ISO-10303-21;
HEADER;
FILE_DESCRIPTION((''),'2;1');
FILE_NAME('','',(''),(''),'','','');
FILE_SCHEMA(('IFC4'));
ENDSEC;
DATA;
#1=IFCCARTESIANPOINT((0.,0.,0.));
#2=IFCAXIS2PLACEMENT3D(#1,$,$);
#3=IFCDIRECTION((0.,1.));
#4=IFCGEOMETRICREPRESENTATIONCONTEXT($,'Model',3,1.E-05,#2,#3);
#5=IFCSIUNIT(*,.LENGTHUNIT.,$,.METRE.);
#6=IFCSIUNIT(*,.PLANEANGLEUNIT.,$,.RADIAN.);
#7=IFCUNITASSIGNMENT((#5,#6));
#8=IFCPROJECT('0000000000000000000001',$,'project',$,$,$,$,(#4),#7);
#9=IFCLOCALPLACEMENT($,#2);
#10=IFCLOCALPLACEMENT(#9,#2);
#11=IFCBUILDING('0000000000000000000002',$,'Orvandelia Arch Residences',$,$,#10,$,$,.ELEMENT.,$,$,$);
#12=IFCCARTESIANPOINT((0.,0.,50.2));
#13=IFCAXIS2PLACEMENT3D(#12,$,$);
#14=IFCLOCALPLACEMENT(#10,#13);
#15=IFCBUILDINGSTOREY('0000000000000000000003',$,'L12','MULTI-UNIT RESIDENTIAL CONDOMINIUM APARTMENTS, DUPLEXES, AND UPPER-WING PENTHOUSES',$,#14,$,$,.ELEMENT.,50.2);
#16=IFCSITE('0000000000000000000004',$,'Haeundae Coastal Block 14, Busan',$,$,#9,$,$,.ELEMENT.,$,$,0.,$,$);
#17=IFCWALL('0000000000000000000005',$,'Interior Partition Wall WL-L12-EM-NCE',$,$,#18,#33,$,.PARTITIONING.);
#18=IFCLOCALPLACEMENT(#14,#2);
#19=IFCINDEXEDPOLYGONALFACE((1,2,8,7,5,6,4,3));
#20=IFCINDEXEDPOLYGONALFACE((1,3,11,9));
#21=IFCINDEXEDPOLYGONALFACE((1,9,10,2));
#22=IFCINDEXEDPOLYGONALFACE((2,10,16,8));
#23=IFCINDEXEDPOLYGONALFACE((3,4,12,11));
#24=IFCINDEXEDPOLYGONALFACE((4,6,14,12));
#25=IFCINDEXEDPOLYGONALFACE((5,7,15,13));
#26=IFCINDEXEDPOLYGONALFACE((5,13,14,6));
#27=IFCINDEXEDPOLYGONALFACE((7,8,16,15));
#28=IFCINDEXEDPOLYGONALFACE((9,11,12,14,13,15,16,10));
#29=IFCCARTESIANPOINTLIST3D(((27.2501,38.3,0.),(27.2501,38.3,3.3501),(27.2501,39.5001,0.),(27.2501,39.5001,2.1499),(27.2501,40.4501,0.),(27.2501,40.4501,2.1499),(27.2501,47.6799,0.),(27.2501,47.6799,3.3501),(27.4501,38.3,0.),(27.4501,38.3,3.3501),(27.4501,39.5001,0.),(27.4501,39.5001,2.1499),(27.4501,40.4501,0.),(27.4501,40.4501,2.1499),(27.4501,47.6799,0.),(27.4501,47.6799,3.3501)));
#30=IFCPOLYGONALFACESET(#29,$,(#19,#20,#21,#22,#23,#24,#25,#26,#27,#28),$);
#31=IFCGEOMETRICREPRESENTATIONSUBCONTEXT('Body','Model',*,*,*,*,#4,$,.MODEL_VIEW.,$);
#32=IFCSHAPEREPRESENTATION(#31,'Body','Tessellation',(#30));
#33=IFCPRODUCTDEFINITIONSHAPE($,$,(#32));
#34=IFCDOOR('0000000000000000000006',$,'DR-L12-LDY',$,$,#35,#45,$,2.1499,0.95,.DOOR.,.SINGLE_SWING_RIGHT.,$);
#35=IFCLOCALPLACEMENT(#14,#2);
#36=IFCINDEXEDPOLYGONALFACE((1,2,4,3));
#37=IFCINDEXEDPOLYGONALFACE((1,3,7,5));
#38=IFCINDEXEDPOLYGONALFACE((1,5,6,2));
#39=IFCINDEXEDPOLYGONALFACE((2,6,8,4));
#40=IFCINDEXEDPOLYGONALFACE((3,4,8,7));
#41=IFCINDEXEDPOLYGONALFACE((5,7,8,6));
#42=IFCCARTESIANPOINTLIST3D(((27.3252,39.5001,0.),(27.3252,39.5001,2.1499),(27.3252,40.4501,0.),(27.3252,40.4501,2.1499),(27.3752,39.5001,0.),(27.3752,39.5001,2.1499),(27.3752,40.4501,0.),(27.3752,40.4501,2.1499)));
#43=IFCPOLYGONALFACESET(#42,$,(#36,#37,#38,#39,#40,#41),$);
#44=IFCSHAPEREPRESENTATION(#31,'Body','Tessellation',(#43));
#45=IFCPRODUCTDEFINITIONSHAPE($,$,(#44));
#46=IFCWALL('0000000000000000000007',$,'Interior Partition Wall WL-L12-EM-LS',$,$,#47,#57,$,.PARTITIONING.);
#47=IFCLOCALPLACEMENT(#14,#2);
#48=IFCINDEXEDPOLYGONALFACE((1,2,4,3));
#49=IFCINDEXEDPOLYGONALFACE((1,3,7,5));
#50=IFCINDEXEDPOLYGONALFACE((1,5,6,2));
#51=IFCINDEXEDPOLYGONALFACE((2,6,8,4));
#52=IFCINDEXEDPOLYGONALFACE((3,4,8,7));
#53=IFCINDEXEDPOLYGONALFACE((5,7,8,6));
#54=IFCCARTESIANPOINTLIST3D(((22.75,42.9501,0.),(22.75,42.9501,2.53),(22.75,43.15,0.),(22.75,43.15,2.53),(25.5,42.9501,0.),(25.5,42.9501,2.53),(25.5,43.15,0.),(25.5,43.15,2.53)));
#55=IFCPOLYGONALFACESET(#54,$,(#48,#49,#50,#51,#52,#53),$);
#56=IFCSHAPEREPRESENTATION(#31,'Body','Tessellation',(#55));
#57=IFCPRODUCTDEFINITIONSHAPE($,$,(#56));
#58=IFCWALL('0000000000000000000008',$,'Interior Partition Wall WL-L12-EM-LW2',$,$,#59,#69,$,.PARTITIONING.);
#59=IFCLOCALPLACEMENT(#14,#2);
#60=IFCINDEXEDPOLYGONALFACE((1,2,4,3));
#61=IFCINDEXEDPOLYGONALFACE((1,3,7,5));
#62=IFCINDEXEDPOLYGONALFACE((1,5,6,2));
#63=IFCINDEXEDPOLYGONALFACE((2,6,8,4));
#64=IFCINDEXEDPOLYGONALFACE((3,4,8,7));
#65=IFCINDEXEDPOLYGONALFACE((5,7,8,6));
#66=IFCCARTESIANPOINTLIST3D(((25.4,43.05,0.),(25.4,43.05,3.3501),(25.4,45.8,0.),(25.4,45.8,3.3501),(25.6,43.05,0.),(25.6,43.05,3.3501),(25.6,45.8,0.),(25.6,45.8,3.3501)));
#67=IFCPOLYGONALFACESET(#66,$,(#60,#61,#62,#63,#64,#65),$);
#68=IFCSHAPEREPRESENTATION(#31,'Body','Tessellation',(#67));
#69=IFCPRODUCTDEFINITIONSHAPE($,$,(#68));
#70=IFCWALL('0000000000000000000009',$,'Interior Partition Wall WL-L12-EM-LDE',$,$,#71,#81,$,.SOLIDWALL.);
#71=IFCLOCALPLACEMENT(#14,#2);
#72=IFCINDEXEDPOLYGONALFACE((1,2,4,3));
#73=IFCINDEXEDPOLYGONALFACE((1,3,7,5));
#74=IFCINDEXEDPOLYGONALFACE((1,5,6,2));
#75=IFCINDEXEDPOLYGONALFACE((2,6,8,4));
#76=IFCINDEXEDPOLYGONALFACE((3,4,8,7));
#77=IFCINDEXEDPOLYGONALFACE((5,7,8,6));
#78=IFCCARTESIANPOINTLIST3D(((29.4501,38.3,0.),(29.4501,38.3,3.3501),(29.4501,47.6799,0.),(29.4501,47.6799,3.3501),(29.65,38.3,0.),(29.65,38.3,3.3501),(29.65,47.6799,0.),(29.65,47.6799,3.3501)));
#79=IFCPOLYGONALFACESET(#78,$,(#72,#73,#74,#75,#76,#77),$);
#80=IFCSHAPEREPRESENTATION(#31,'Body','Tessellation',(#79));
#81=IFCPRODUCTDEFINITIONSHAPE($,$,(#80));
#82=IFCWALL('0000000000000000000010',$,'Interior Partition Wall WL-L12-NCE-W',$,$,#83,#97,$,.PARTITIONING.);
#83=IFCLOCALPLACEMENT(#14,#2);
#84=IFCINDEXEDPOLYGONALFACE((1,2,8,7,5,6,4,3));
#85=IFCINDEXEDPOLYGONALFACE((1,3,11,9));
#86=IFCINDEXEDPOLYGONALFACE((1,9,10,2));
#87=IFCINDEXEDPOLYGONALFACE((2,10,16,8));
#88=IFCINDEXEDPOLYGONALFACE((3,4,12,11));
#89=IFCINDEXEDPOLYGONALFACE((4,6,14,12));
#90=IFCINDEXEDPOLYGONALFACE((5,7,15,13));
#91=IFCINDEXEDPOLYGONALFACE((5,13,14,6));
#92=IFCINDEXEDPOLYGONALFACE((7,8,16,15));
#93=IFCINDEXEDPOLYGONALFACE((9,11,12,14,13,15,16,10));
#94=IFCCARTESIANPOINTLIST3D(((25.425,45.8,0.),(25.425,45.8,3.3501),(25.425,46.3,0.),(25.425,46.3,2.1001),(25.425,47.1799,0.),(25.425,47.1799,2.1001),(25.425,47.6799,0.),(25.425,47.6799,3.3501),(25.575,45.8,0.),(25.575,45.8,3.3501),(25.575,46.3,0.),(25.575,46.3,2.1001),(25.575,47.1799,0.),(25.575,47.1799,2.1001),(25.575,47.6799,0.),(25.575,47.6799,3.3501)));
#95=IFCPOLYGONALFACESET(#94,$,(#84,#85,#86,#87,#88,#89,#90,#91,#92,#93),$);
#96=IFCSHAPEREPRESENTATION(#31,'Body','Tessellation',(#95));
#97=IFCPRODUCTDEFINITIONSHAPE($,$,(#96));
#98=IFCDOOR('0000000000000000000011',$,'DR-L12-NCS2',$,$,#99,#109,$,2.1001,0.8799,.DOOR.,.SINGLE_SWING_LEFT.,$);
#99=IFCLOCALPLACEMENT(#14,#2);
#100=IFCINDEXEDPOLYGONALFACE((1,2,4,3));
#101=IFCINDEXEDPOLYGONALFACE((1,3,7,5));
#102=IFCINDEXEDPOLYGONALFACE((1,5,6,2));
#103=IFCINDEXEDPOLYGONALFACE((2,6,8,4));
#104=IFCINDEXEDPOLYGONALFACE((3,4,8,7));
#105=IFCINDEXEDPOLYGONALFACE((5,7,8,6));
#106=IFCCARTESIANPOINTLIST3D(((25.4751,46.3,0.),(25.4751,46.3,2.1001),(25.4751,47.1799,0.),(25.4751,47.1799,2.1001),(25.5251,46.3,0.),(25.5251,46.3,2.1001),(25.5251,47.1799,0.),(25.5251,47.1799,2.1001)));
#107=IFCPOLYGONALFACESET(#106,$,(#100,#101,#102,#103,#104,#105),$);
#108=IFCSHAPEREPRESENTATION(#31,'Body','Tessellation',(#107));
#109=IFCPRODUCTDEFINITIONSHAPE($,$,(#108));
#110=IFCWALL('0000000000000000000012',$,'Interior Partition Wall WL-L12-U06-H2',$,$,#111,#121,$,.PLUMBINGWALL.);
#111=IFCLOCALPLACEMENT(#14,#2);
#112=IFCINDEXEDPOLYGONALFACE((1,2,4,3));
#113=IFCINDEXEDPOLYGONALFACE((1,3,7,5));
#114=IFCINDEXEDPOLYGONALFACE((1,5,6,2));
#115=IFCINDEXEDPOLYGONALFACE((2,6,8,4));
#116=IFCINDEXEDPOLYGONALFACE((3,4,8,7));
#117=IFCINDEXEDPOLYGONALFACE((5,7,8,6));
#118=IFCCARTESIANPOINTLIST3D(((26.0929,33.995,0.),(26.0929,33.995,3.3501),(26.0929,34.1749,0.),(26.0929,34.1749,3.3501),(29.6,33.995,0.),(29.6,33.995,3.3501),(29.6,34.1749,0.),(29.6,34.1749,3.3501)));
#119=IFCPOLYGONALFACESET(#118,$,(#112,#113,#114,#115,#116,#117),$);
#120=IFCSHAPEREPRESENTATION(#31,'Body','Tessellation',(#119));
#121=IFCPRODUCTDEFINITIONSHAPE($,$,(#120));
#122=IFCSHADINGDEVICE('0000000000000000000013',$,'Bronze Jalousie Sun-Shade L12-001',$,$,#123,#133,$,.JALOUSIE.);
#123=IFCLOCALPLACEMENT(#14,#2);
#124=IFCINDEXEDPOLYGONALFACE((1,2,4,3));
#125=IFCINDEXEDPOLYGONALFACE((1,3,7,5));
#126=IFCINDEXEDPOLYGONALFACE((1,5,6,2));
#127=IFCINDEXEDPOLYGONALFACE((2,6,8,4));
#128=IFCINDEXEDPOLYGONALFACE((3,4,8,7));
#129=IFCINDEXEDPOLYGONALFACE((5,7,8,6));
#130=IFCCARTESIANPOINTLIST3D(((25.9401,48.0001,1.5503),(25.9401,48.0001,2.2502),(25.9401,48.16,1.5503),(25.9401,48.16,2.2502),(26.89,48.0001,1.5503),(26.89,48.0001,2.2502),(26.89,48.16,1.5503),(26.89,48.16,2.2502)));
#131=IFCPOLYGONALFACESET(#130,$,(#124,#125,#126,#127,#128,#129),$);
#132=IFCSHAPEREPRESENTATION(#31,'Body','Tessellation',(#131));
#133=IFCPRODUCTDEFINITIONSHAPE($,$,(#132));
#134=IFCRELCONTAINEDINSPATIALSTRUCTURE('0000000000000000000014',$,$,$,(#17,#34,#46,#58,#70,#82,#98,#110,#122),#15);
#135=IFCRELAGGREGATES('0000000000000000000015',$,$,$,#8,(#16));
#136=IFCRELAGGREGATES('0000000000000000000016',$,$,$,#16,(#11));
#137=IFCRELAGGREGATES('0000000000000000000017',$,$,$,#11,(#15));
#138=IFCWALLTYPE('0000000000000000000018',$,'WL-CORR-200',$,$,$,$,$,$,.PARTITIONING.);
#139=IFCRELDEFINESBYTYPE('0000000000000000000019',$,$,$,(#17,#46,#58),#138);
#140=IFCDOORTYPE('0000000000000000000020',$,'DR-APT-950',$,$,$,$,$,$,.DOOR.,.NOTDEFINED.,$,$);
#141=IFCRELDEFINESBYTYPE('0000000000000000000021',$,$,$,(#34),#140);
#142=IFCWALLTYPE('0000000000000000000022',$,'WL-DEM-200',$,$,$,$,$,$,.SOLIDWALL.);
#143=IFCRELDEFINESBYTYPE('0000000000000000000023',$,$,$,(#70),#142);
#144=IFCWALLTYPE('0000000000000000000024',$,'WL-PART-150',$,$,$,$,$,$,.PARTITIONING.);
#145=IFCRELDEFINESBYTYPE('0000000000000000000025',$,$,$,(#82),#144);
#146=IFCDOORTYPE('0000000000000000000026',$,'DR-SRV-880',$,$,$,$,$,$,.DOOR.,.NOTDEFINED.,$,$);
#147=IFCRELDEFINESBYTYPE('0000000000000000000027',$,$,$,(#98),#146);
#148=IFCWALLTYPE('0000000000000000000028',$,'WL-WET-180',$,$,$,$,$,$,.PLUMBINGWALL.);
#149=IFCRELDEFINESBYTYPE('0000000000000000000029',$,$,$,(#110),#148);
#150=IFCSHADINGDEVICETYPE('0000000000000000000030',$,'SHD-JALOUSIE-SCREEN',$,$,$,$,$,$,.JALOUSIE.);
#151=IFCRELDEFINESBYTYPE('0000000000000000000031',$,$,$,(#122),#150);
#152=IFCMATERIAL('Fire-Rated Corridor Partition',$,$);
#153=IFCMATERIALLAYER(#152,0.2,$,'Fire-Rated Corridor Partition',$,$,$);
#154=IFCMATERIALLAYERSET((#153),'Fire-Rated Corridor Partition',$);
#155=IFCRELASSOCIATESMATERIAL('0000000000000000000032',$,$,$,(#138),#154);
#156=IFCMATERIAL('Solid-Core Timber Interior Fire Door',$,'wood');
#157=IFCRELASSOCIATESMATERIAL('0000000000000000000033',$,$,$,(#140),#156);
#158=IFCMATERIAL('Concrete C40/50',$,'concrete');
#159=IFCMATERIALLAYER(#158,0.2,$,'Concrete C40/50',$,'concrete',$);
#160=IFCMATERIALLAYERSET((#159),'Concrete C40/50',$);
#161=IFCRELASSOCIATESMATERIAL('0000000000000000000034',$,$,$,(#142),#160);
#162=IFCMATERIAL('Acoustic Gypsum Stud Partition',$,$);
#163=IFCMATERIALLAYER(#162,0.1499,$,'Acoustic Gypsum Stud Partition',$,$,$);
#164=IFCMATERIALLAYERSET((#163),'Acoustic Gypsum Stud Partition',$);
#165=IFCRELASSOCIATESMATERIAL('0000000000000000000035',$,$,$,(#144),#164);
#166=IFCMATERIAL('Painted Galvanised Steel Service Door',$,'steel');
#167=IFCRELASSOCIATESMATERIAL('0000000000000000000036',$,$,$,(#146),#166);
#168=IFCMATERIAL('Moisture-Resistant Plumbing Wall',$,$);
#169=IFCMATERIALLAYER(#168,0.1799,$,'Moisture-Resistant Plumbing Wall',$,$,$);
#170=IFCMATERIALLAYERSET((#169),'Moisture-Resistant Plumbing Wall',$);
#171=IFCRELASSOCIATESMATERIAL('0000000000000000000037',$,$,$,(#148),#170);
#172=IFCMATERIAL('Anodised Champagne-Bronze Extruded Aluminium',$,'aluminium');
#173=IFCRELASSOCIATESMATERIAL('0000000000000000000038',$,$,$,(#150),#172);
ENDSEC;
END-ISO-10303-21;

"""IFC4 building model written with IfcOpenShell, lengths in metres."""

from ifc_helpers import new_model, si_unit, direction, frame, frame_2d, origin, origin_2d, place, context, subcontext, project, spatial, rectangle, extrude, material, layer, layer_set, type_object, element, fill, save


model = new_model("IFC4")

# Units and contexts
model_context = context("Model", 3, precision=1e-05, world=origin(), true_north=direction((0.0, 1.0)))
body_context = subcontext(model_context, "Body", "Model", "MODEL_VIEW")
ifc_project = project(units=[si_unit("LENGTHUNIT", "METRE"), si_unit("PLANEANGLEUNIT", "RADIAN")], contexts=[model_context])

# Site, building, storey
site_placement = place(None, origin())
site = spatial("IfcSite", under=ifc_project, at=site_placement, Name="Haeundae Coastal Block 14, Busan", CompositionType="ELEMENT", RefElevation=0.0)
building_placement = place(site_placement, origin())
building = spatial("IfcBuilding", under=site, at=building_placement, Name="Orvandelia Arch Residences", CompositionType="ELEMENT")
storey_placement = place(building_placement, frame((0.0, 0.0, 50.2)))
storey = spatial("IfcBuildingStorey", under=building, at=storey_placement, Name="L12", Description="MULTI-UNIT RESIDENTIAL CONDOMINIUM APARTMENTS, DUPLEXES, AND UPPER-WING PENTHOUSES", CompositionType="ELEMENT", Elevation=50.2)

# Shared definitions
ifc_material_1 = material(Name="Fire-Rated Corridor Partition")
ifc_layer_1 = layer(ifc_material_1, 0.2, Name="Fire-Rated Corridor Partition")
ifc_layer_set_1 = layer_set([ifc_layer_1], Name="Fire-Rated Corridor Partition")
wall_type_1 = type_object("IfcWallType", Name="WL-CORR-200", PredefinedType="PARTITIONING", material=ifc_layer_set_1)

# Wall, opening, door
wall_1_placement = place(storey_placement, frame((27.3501, 38.3, 0.0), z_axis=(0.0, 0.0, 1.0), x_axis=(0.0, 1.0, 0.0)))
wall_1 = element("IfcWall", 1, at=wall_1_placement, inside=storey, type_object=wall_type_1, Name="Interior Partition Wall WL-L12-EM-NCE", PredefinedType="PARTITIONING", context=body_context, shape_type="SweptSolid", body=[
    extrude(rectangle(XDim=9.3799, YDim=0.2, at=frame_2d((4.6899, 0.0))), origin(), (0.0, 0.0, 1.0), 3.3501),
])
opening_1_placement = place(wall_1_placement, frame((1.2, 0.0, 0.0)))
opening_1 = element("IfcOpeningElement", 2, at=opening_1_placement, cuts=wall_1, PredefinedType="OPENING", context=body_context, shape_type="SweptSolid", body=[
    extrude(rectangle(XDim=0.95, YDim=2.1499, at=frame_2d((0.4751, 1.075))), frame((0.0, 0.1099, 0.0), z_axis=(0.0, -1.0, 0.0), x_axis=(1.0, 0.0, 0.0)), (0.0, 0.0, 1.0), 0.22),
])
ifc_material_2 = material(Name="Solid-Core Timber Interior Fire Door", Category="wood")
door_type_1 = type_object("IfcDoorType", Name="DR-APT-950", OperationType="NOTDEFINED", PredefinedType="DOOR", material=ifc_material_2)
door_1_placement = place(opening_1_placement, origin())
door_1 = element("IfcDoor", 3, at=door_1_placement, inside=storey, type_object=door_type_1, Name="DR-L12-LDY", OperationType="SINGLE_SWING_RIGHT", OverallHeight=2.1499, OverallWidth=0.95, PredefinedType="DOOR", context=body_context, shape_type="SweptSolid", body=[
    extrude(rectangle(XDim=0.95, YDim=2.1499, at=frame_2d((0.4751, 1.075))), frame((0.0, 0.0249, 0.0), z_axis=(0.0, -1.0, 0.0), x_axis=(1.0, 0.0, 0.0)), (0.0, 0.0, 1.0), 0.05),
])
fill(opening_1, door_1)

# Walls
wall_2_placement = place(storey_placement, frame((22.75, 43.05, 0.0), z_axis=(0.0, 0.0, 1.0), x_axis=(1.0, 0.0, 0.0)))
element("IfcWall", 4, at=wall_2_placement, inside=storey, type_object=wall_type_1, Name="Interior Partition Wall WL-L12-EM-LS", PredefinedType="PARTITIONING", context=body_context, shape_type="SweptSolid", body=[
    extrude(rectangle(XDim=2.75, YDim=0.2, at=frame_2d((1.375, 0.0))), origin(), (0.0, 0.0, 1.0), 2.53),
])
wall_3_placement = place(storey_placement, frame((25.5, 43.05, 0.0), z_axis=(0.0, 0.0, 1.0), x_axis=(0.0, 1.0, 0.0)))
element("IfcWall", 5, at=wall_3_placement, inside=storey, type_object=wall_type_1, Name="Interior Partition Wall WL-L12-EM-LW2", PredefinedType="PARTITIONING", context=body_context, shape_type="SweptSolid", body=[
    extrude(rectangle(XDim=2.75, YDim=0.2, at=frame_2d((1.375, 0.0))), origin(), (0.0, 0.0, 1.0), 3.3501),
])
ifc_material_3 = material(Name="Concrete C40/50", Category="concrete")
ifc_layer_2 = layer(ifc_material_3, 0.2, Name="Concrete C40/50", Category="concrete")
ifc_layer_set_2 = layer_set([ifc_layer_2], Name="Concrete C40/50")
wall_type_2 = type_object("IfcWallType", Name="WL-DEM-200", PredefinedType="SOLIDWALL", material=ifc_layer_set_2)
wall_4_placement = place(storey_placement, frame((29.55, 38.3, 0.0), z_axis=(0.0, 0.0, 1.0), x_axis=(0.0, 1.0, 0.0)))
element("IfcWall", 6, at=wall_4_placement, inside=storey, type_object=wall_type_2, Name="Interior Partition Wall WL-L12-EM-LDE", PredefinedType="SOLIDWALL", context=body_context, shape_type="SweptSolid", body=[
    extrude(rectangle(XDim=9.3799, YDim=0.2, at=frame_2d((4.6899, 0.0))), origin(), (0.0, 0.0, 1.0), 3.3501),
])

# Wall, opening, door
ifc_material_4 = material(Name="Acoustic Gypsum Stud Partition")
ifc_layer_3 = layer(ifc_material_4, 0.1499, Name="Acoustic Gypsum Stud Partition")
ifc_layer_set_3 = layer_set([ifc_layer_3], Name="Acoustic Gypsum Stud Partition")
wall_type_3 = type_object("IfcWallType", Name="WL-PART-150", PredefinedType="PARTITIONING", material=ifc_layer_set_3)
wall_5_placement = place(storey_placement, frame((25.5, 45.8, 0.0), z_axis=(0.0, 0.0, 1.0), x_axis=(0.0, 1.0, 0.0)))
wall_5 = element("IfcWall", 7, at=wall_5_placement, inside=storey, type_object=wall_type_3, Name="Interior Partition Wall WL-L12-NCE-W", PredefinedType="PARTITIONING", context=body_context, shape_type="SweptSolid", body=[
    extrude(rectangle(XDim=1.8799, YDim=0.1499, at=frame_2d((0.9399, 0.0))), origin(), (0.0, 0.0, 1.0), 3.3501),
])
opening_2_placement = place(wall_5_placement, frame((0.5, 0.0, 0.0)))
opening_2 = element("IfcOpeningElement", 8, at=opening_2_placement, cuts=wall_5, PredefinedType="OPENING", context=body_context, shape_type="SweptSolid", body=[
    extrude(rectangle(XDim=0.8799, YDim=2.1001, at=frame_2d((0.4399, 1.05))), frame((0.0, 0.085, 0.0), z_axis=(0.0, -1.0, 0.0), x_axis=(1.0, 0.0, 0.0)), (0.0, 0.0, 1.0), 0.1699),
])
ifc_material_5 = material(Name="Painted Galvanised Steel Service Door", Category="steel")
door_type_2 = type_object("IfcDoorType", Name="DR-SRV-880", OperationType="NOTDEFINED", PredefinedType="DOOR", material=ifc_material_5)
door_2_placement = place(opening_2_placement, origin())
door_2 = element("IfcDoor", 9, at=door_2_placement, inside=storey, type_object=door_type_2, Name="DR-L12-NCS2", OperationType="SINGLE_SWING_LEFT", OverallHeight=2.1001, OverallWidth=0.8799, PredefinedType="DOOR", context=body_context, shape_type="SweptSolid", body=[
    extrude(rectangle(XDim=0.8799, YDim=2.1001, at=frame_2d((0.4399, 1.05))), frame((0.0, 0.0249, 0.0), z_axis=(0.0, -1.0, 0.0), x_axis=(1.0, 0.0, 0.0)), (0.0, 0.0, 1.0), 0.05),
])
fill(opening_2, door_2)

# Wall
ifc_material_6 = material(Name="Moisture-Resistant Plumbing Wall")
ifc_layer_4 = layer(ifc_material_6, 0.1799, Name="Moisture-Resistant Plumbing Wall")
ifc_layer_set_4 = layer_set([ifc_layer_4], Name="Moisture-Resistant Plumbing Wall")
wall_type_4 = type_object("IfcWallType", Name="WL-WET-180", PredefinedType="PLUMBINGWALL", material=ifc_layer_set_4)
wall_6_placement = place(storey_placement, frame((26.093, 34.085, 0.0), z_axis=(0.0, 0.0, 1.0), x_axis=(1.0, 0.0, 0.0)))
element("IfcWall", 10, at=wall_6_placement, inside=storey, type_object=wall_type_4, Name="Interior Partition Wall WL-L12-U06-H2", PredefinedType="PLUMBINGWALL", context=body_context, shape_type="SweptSolid", body=[
    extrude(rectangle(XDim=3.5071, YDim=0.1799, at=frame_2d((1.7534, 0.0))), origin(), (0.0, 0.0, 1.0), 3.3501),
])

# Shading device
ifc_material_7 = material(Name="Anodised Champagne-Bronze Extruded Aluminium", Category="aluminium")
shading_device_type = type_object("IfcShadingDeviceType", Name="SHD-JALOUSIE-SCREEN", PredefinedType="JALOUSIE", material=ifc_material_7)
shading_device_placement = place(storey_placement, frame((26.415, 48.0801, 1.5503), z_axis=(0.0, 0.0, 1.0), x_axis=(1.0, 0.0, 0.0)))
element("IfcShadingDevice", 11, at=shading_device_placement, inside=storey, type_object=shading_device_type, Name="Bronze Jalousie Sun-Shade L12-001", PredefinedType="JALOUSIE", context=body_context, shape_type="SweptSolid", body=[
    extrude(rectangle(XDim=0.95, YDim=0.1599, at=origin_2d()), origin(), (0.0, 0.0, 1.0), 0.7),
])

save(model, "model.ifc")
